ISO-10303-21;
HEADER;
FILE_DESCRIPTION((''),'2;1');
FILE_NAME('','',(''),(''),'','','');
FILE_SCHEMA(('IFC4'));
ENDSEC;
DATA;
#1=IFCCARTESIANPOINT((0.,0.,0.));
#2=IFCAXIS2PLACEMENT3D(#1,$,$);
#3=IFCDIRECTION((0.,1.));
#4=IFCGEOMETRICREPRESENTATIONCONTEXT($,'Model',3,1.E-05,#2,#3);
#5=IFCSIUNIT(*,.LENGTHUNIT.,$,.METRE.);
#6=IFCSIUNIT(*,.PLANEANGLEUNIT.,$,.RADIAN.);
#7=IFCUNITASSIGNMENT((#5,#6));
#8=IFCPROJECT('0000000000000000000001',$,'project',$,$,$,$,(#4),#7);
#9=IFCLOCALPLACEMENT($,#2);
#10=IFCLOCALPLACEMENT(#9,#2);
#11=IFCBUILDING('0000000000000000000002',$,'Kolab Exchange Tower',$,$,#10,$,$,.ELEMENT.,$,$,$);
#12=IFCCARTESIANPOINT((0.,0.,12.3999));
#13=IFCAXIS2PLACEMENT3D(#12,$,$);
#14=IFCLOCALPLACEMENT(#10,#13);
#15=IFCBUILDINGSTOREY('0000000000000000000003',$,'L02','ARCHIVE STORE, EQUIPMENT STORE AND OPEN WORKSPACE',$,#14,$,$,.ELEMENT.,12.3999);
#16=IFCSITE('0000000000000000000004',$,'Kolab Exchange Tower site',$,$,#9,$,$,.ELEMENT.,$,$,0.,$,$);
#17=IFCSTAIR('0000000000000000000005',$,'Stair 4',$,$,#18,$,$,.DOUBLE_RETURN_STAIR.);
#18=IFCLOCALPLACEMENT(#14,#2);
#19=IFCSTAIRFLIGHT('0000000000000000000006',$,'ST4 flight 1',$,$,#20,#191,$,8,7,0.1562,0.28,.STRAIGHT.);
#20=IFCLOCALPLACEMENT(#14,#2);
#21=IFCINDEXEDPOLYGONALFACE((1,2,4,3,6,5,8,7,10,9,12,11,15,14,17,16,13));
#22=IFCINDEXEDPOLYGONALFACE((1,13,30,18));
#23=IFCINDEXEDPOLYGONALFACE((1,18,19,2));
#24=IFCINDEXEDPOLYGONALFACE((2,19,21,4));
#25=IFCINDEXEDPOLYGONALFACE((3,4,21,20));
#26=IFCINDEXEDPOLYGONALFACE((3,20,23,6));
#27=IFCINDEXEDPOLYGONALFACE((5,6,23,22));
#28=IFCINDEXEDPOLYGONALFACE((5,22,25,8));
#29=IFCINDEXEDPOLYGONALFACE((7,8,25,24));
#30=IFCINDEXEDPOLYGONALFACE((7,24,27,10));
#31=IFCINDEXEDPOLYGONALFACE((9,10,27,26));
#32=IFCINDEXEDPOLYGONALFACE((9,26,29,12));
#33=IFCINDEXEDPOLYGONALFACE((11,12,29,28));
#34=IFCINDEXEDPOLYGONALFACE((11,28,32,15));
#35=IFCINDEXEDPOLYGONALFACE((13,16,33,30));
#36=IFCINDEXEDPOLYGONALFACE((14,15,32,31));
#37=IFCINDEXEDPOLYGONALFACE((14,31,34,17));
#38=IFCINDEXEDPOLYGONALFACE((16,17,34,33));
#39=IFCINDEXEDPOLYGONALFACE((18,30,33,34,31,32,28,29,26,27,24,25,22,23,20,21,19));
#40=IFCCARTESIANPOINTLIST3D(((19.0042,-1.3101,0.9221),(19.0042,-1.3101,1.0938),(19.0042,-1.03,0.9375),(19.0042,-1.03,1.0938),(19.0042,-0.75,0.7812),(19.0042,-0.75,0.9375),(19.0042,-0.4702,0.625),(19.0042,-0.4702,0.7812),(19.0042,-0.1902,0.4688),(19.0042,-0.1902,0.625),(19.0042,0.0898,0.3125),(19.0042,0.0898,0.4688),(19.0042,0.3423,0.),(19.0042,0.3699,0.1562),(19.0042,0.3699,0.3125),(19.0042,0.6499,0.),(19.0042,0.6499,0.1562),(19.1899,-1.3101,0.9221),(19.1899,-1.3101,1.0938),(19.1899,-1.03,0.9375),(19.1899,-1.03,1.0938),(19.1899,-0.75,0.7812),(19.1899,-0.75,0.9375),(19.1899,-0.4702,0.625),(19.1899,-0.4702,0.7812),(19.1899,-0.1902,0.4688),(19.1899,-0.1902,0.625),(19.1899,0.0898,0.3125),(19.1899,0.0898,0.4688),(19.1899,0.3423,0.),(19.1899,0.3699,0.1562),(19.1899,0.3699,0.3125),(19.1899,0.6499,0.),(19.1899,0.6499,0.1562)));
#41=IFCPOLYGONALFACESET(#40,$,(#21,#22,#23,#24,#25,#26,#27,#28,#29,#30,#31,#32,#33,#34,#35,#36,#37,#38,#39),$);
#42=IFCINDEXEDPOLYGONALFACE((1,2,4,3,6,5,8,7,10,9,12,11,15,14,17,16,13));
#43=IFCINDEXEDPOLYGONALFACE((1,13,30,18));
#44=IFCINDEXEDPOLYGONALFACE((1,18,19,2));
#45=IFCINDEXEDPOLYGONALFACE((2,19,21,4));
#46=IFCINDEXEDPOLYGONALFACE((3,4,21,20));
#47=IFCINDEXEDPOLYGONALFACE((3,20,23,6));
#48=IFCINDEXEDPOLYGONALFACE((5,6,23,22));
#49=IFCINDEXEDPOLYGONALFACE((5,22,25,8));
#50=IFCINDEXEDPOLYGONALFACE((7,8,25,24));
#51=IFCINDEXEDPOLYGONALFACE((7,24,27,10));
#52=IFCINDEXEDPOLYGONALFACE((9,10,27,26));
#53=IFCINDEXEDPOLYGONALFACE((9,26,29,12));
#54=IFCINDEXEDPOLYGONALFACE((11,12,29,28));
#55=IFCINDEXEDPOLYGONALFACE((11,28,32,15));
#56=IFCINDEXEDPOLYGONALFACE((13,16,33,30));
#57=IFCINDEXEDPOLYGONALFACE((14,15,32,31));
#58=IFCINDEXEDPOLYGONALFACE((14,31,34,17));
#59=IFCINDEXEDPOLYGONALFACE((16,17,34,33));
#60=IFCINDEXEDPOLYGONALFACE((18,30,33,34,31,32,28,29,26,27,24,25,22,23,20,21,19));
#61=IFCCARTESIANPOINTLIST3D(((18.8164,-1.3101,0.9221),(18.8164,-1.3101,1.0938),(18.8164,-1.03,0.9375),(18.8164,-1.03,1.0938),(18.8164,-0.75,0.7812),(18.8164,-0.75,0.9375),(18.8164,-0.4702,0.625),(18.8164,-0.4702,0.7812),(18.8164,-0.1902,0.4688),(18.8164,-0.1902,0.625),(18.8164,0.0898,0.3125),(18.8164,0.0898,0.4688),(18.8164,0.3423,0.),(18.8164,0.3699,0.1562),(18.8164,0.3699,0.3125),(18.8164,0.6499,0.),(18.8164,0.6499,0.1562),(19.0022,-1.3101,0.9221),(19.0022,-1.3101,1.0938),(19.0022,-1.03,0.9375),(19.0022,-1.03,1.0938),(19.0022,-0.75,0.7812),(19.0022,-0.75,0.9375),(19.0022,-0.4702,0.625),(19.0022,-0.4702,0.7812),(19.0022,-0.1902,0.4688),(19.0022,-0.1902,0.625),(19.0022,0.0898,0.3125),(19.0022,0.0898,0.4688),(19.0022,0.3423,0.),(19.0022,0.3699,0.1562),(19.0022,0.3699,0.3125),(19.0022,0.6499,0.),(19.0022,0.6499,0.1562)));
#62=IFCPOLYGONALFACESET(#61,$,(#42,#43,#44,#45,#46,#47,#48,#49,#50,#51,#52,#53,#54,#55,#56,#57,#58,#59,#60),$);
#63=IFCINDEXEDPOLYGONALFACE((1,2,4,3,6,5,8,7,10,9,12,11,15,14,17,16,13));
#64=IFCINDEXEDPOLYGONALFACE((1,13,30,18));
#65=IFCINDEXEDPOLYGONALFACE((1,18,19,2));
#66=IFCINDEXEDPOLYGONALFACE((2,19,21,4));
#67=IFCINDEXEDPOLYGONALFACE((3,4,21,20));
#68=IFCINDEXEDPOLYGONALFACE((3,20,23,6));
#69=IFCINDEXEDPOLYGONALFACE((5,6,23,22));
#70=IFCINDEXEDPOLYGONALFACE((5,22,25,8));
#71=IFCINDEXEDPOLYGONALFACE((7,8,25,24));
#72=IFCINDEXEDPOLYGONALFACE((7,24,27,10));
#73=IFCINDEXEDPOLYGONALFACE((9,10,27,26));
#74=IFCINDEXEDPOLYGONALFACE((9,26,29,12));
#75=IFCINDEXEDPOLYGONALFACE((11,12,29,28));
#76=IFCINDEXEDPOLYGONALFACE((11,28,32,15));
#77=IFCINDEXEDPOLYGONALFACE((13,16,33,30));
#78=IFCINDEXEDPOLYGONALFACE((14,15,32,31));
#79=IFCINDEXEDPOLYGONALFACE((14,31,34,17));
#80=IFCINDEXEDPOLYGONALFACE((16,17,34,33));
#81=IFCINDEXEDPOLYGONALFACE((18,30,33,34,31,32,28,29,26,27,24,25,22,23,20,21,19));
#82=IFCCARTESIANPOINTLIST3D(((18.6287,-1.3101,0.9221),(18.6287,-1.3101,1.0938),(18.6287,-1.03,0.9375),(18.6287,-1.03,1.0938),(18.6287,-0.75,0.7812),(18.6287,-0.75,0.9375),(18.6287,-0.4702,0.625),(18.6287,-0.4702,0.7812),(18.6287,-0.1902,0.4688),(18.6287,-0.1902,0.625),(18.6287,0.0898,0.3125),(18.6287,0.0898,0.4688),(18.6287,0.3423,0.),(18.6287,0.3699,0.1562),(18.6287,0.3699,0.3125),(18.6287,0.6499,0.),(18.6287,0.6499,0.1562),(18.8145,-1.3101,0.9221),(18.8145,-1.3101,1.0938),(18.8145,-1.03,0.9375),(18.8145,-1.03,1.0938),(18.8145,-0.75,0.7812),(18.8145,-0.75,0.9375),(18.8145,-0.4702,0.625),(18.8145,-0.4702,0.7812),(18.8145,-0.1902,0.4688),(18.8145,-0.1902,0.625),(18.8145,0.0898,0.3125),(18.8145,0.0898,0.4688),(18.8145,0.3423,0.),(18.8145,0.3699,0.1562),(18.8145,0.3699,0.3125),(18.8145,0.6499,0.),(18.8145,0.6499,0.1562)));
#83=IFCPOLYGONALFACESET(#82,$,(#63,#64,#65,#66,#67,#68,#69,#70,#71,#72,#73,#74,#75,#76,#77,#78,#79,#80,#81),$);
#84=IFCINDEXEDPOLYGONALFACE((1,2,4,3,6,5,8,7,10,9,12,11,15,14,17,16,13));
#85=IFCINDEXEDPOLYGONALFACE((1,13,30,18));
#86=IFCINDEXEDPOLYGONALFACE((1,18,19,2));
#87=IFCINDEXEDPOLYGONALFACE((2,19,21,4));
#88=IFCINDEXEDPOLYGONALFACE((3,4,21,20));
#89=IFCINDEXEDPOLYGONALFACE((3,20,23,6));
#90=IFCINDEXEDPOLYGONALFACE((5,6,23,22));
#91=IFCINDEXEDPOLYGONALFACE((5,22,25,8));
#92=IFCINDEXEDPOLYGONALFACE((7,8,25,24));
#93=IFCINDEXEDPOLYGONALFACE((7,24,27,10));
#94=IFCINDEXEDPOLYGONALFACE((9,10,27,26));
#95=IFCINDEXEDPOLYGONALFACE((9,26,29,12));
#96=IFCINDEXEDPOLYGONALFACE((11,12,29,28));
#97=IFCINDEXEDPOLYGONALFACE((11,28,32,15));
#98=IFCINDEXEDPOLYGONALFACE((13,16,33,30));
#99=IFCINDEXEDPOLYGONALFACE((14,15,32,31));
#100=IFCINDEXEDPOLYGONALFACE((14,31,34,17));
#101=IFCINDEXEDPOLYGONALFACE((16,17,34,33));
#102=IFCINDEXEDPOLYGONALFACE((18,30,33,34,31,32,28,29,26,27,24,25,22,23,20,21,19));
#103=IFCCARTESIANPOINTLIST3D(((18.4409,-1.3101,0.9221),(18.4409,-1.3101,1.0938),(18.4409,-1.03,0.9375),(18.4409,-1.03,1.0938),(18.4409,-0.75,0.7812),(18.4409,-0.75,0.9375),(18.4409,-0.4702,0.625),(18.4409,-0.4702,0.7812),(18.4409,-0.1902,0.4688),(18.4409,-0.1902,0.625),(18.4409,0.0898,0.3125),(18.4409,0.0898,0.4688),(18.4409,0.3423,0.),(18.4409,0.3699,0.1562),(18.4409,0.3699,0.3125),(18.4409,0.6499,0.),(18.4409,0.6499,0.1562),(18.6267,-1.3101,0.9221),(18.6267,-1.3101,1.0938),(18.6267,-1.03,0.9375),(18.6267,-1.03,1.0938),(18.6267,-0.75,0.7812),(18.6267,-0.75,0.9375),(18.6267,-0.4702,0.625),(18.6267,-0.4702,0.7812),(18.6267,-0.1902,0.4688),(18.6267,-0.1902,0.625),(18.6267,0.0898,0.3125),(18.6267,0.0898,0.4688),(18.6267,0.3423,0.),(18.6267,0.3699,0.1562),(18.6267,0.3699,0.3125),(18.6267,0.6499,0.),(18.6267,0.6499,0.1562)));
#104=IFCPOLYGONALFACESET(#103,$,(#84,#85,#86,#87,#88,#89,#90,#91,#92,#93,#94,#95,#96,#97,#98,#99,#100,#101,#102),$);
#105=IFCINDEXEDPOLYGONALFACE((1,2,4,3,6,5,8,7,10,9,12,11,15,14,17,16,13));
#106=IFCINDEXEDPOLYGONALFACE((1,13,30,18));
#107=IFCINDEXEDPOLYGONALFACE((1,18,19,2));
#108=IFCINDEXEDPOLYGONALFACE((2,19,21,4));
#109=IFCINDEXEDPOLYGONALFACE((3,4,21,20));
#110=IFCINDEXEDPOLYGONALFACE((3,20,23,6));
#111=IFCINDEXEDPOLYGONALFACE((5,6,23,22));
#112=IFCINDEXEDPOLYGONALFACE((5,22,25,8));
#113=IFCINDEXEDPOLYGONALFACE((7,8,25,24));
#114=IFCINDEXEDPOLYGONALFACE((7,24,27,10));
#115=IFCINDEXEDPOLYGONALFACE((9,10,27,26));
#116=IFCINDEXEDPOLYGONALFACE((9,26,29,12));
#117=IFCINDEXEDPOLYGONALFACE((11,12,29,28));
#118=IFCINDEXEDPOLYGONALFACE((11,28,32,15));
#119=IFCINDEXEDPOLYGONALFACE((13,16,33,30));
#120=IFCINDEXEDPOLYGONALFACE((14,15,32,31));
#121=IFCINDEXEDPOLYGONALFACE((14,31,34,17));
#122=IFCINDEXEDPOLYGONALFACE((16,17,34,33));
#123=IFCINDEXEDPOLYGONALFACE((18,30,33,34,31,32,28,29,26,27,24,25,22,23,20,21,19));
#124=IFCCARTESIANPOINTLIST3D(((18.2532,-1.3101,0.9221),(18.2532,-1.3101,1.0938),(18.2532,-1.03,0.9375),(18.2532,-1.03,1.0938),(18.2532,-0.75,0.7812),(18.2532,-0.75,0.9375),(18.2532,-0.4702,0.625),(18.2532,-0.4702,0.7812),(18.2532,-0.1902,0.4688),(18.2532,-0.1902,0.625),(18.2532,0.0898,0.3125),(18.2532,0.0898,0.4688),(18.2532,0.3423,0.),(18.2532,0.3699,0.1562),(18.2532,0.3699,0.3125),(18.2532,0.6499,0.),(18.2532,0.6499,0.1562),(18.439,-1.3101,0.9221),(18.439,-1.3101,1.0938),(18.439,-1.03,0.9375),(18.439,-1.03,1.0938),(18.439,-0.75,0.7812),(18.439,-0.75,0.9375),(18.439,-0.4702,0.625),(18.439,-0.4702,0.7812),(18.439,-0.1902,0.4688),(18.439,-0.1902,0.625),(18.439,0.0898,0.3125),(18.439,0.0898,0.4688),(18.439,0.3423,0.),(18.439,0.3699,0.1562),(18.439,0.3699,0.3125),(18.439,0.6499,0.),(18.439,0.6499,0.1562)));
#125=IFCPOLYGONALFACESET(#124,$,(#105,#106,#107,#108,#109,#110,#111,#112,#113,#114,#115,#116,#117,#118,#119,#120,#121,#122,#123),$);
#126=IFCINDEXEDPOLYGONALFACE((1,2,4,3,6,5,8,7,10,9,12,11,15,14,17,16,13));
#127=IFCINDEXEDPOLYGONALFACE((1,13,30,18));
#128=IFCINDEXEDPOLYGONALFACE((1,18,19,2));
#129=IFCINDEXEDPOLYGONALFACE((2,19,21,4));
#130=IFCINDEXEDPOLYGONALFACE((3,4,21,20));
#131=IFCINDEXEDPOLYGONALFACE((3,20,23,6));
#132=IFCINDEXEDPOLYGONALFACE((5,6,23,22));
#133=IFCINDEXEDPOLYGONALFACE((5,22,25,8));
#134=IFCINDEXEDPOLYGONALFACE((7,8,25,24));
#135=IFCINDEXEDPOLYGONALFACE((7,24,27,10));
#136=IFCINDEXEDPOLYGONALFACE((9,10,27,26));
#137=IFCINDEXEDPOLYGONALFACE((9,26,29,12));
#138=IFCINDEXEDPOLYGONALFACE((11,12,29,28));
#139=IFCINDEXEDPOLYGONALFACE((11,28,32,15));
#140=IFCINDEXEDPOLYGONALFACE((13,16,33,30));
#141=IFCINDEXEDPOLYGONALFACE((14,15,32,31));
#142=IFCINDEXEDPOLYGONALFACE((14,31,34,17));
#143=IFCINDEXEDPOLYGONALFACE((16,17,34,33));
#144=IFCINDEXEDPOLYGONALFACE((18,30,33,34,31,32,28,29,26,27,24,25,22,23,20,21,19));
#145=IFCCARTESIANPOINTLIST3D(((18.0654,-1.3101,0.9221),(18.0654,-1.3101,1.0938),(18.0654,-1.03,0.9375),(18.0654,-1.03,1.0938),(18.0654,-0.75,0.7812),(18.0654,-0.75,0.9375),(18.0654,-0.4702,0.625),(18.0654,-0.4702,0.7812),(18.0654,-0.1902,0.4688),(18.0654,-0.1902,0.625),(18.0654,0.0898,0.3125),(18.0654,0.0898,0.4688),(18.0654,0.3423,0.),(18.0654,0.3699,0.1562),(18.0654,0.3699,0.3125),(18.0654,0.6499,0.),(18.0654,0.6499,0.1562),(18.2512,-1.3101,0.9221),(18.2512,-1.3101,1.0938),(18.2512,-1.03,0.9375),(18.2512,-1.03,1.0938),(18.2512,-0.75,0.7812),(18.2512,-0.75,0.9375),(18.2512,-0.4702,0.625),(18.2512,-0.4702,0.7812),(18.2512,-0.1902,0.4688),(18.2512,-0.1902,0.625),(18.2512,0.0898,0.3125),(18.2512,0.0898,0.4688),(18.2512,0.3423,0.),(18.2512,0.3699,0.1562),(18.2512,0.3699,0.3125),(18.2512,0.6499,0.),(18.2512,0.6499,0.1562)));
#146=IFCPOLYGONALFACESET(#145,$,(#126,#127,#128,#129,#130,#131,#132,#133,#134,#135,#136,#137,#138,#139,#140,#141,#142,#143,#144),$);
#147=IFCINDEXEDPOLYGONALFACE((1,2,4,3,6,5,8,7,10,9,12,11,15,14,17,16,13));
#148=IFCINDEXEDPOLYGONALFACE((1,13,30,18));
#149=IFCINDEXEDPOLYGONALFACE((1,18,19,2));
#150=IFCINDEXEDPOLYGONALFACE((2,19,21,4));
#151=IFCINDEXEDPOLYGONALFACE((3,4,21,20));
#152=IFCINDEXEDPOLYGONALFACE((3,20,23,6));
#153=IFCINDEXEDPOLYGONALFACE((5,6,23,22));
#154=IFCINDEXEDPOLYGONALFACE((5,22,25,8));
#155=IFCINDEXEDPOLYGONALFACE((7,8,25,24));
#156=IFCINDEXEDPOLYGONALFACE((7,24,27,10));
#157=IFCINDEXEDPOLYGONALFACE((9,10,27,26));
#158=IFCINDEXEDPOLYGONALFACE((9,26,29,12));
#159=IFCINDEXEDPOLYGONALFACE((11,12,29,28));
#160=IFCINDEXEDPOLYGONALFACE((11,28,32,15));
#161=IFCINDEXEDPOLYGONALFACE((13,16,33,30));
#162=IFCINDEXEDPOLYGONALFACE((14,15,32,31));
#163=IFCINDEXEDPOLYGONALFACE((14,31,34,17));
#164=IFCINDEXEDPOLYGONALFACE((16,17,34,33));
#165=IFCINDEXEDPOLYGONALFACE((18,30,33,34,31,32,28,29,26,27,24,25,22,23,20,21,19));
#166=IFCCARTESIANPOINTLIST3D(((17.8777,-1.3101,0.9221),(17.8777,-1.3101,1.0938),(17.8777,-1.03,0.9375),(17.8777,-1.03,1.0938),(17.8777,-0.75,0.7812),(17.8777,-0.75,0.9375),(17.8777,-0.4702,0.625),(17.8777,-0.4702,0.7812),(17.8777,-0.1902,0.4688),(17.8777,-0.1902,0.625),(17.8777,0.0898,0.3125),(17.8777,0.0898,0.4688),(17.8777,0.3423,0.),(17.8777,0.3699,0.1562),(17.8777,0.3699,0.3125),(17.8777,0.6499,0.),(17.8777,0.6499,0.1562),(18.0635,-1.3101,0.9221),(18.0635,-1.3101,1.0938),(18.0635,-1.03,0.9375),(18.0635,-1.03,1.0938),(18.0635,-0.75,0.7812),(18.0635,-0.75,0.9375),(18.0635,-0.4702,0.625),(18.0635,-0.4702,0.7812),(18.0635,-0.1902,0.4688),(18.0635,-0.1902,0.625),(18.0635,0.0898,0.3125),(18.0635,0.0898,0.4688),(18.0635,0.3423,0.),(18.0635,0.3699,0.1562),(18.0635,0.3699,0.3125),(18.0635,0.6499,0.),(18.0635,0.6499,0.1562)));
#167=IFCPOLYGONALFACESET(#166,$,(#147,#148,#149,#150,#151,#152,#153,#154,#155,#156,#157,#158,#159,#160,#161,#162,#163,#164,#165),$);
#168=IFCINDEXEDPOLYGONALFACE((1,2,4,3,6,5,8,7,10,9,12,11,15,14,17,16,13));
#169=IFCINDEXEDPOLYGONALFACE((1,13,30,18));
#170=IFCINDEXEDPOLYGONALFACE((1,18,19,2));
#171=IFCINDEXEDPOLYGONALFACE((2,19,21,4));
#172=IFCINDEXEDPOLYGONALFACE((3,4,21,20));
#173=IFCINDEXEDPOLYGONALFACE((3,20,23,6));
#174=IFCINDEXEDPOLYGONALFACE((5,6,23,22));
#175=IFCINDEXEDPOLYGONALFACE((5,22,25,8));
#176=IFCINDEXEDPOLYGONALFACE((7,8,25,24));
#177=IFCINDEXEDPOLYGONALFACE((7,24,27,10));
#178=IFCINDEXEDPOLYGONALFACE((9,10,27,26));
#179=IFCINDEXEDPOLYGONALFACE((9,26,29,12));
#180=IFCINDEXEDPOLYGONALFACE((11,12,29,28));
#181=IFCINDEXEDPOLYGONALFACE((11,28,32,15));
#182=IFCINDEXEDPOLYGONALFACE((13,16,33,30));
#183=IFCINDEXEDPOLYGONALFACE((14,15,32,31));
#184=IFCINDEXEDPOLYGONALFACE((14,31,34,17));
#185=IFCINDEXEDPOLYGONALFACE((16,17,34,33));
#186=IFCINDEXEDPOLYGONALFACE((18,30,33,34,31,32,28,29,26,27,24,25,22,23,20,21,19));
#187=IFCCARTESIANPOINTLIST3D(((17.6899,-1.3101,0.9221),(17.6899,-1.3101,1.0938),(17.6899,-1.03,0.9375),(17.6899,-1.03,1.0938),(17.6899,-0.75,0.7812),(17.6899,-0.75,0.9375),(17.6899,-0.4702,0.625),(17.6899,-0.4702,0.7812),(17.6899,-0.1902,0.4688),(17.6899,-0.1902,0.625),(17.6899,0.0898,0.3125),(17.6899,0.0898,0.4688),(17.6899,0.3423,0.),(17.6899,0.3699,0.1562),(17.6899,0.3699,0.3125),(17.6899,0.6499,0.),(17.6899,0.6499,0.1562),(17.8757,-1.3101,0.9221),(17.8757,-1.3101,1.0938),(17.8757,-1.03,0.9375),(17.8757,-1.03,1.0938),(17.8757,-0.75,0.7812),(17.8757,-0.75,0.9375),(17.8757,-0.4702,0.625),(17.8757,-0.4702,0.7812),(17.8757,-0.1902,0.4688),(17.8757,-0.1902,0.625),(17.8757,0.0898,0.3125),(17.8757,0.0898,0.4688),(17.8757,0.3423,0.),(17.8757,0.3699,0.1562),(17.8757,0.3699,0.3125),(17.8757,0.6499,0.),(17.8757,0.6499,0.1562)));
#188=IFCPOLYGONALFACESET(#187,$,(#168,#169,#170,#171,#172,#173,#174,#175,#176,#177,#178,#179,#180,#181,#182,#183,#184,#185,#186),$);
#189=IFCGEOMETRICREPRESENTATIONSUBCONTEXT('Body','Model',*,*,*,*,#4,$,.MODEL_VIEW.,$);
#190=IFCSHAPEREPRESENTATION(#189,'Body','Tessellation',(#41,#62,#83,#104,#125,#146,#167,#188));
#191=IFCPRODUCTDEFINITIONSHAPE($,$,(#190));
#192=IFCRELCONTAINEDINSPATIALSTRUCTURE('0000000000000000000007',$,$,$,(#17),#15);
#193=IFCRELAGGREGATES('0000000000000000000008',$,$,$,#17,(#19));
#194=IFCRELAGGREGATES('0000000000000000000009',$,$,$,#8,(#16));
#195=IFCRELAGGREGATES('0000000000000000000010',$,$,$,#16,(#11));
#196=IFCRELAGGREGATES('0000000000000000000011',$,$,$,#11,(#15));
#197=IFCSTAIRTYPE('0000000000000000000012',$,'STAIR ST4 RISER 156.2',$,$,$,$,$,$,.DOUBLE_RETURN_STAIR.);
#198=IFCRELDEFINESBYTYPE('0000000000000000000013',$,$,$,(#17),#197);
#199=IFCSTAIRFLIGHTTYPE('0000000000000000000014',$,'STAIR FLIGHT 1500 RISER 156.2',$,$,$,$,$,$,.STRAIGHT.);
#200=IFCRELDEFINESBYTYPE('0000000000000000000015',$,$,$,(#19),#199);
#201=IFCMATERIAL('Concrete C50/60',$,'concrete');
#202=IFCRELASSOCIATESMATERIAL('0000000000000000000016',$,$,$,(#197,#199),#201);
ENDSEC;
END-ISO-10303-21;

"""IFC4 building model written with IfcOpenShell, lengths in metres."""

from ifc_helpers import new_model, si_unit, direction, frame, origin, place, context, subcontext, project, spatial, polyline, outline, extrude, material, type_object, element, aggregate, save


model = new_model("IFC4")

# Units and contexts
model_context = context("Model", 3, precision=1e-05, world=origin(), true_north=direction((0.0, 1.0)))
body_context = subcontext(model_context, "Body", "Model", "MODEL_VIEW")
ifc_project = project(units=[si_unit("LENGTHUNIT", "METRE"), si_unit("PLANEANGLEUNIT", "RADIAN")], contexts=[model_context])

# Site, building, storey
site_placement = place(None, origin())
site = spatial("IfcSite", under=ifc_project, at=site_placement, Name="Kolab Exchange Tower site", CompositionType="ELEMENT", RefElevation=0.0)
building_placement = place(site_placement, origin())
building = spatial("IfcBuilding", under=site, at=building_placement, Name="Kolab Exchange Tower", CompositionType="ELEMENT")
storey_placement = place(building_placement, frame((0.0, 0.0, 12.3999)))
storey = spatial("IfcBuildingStorey", under=building, at=storey_placement, Name="L02", Description="ARCHIVE STORE, EQUIPMENT STORE AND OPEN WORKSPACE", CompositionType="ELEMENT", Elevation=12.3999)

# Stair
ifc_material_1 = material(Name="Concrete C50/60", Category="concrete")
stair_type_1 = type_object("IfcStairType", Name="STAIR ST4 RISER 156.2", PredefinedType="DOUBLE_RETURN_STAIR", material=ifc_material_1)
stair_1_placement = place(storey_placement, origin())
stair_1 = element("IfcStair", 1, at=stair_1_placement, inside=storey, type_object=stair_type_1, Name="Stair 4", PredefinedType="DOUBLE_RETURN_STAIR")

# Stair flight
stair_flight_type = type_object("IfcStairFlightType", Name="STAIR FLIGHT 1500 RISER 156.2", PredefinedType="STRAIGHT", material=ifc_material_1)
stair_flight_1_placement = place(storey_placement, frame((18.4399, 0.6499, 0.0), z_axis=(0.0, 0.0, 1.0), x_axis=(0.0, -1.0, 0.0)))
stair_flight_1 = element("IfcStairFlight", 2, at=stair_flight_1_placement, type_object=stair_flight_type, Name="ST4 flight 1", NumberOfRisers=8, NumberOfTreads=7, PredefinedType="STRAIGHT", RiserHeight=0.1562, TreadLength=0.28, context=body_context, shape_type="SweptSolid", body=[
    extrude(outline(polyline([(0.0, 0.0), (0.0, 0.1562), (0.28, 0.1562), (0.28, 0.3125), (0.5601, 0.3125), (0.5601, 0.4688), (0.8401, 0.4688), (0.8401, 0.625), (1.1201, 0.625), (1.1201, 0.7812), (1.3999, 0.7812), (1.3999, 0.9375), (1.6799, 0.9375), (1.6799, 1.0938), (1.96, 1.0938), (1.96, 1.25), (1.96, 0.9221), (0.3076, 0.0), (0.0, 0.0)])), frame((0.0, 0.75, 0.0), z_axis=(0.0, -1.0, 0.0), x_axis=(1.0, 0.0, 0.0)), (0.0, 0.0, 1.0), 0.1858),
    extrude(outline(polyline([(0.0, 0.0), (0.0, 0.1562), (0.28, 0.1562), (0.28, 0.3125), (0.5601, 0.3125), (0.5601, 0.4688), (0.8401, 0.4688), (0.8401, 0.625), (1.1201, 0.625), (1.1201, 0.7812), (1.3999, 0.7812), (1.3999, 0.9375), (1.6799, 0.9375), (1.6799, 1.0938), (1.96, 1.0938), (1.96, 1.25), (1.96, 0.9221), (0.3076, 0.0), (0.0, 0.0)])), frame((0.0, 0.5623, 0.0), z_axis=(0.0, -1.0, 0.0), x_axis=(1.0, 0.0, 0.0)), (0.0, 0.0, 1.0), 0.1858),
    extrude(outline(polyline([(0.0, 0.0), (0.0, 0.1562), (0.28, 0.1562), (0.28, 0.3125), (0.5601, 0.3125), (0.5601, 0.4688), (0.8401, 0.4688), (0.8401, 0.625), (1.1201, 0.625), (1.1201, 0.7812), (1.3999, 0.7812), (1.3999, 0.9375), (1.6799, 0.9375), (1.6799, 1.0938), (1.96, 1.0938), (1.96, 1.25), (1.96, 0.9221), (0.3076, 0.0), (0.0, 0.0)])), frame((0.0, 0.3745, 0.0), z_axis=(0.0, -1.0, 0.0), x_axis=(1.0, 0.0, 0.0)), (0.0, 0.0, 1.0), 0.1858),
    extrude(outline(polyline([(0.0, 0.0), (0.0, 0.1562), (0.28, 0.1562), (0.28, 0.3125), (0.5601, 0.3125), (0.5601, 0.4688), (0.8401, 0.4688), (0.8401, 0.625), (1.1201, 0.625), (1.1201, 0.7812), (1.3999, 0.7812), (1.3999, 0.9375), (1.6799, 0.9375), (1.6799, 1.0938), (1.96, 1.0938), (1.96, 1.25), (1.96, 0.9221), (0.3076, 0.0), (0.0, 0.0)])), frame((0.0, 0.1868, 0.0), z_axis=(0.0, -1.0, 0.0), x_axis=(1.0, 0.0, 0.0)), (0.0, 0.0, 1.0), 0.1858),
    extrude(outline(polyline([(0.0, 0.0), (0.0, 0.1562), (0.28, 0.1562), (0.28, 0.3125), (0.5601, 0.3125), (0.5601, 0.4688), (0.8401, 0.4688), (0.8401, 0.625), (1.1201, 0.625), (1.1201, 0.7812), (1.3999, 0.7812), (1.3999, 0.9375), (1.6799, 0.9375), (1.6799, 1.0938), (1.96, 1.0938), (1.96, 1.25), (1.96, 0.9221), (0.3076, 0.0), (0.0, 0.0)])), frame((0.0, -0.001, 0.0), z_axis=(0.0, -1.0, 0.0), x_axis=(1.0, 0.0, 0.0)), (0.0, 0.0, 1.0), 0.1858),
    extrude(outline(polyline([(0.0, 0.0), (0.0, 0.1562), (0.28, 0.1562), (0.28, 0.3125), (0.5601, 0.3125), (0.5601, 0.4688), (0.8401, 0.4688), (0.8401, 0.625), (1.1201, 0.625), (1.1201, 0.7812), (1.3999, 0.7812), (1.3999, 0.9375), (1.6799, 0.9375), (1.6799, 1.0938), (1.96, 1.0938), (1.96, 1.25), (1.96, 0.9221), (0.3076, 0.0), (0.0, 0.0)])), frame((0.0, -0.1887, 0.0), z_axis=(0.0, -1.0, 0.0), x_axis=(1.0, 0.0, 0.0)), (0.0, 0.0, 1.0), 0.1858),
    extrude(outline(polyline([(0.0, 0.0), (0.0, 0.1562), (0.28, 0.1562), (0.28, 0.3125), (0.5601, 0.3125), (0.5601, 0.4688), (0.8401, 0.4688), (0.8401, 0.625), (1.1201, 0.625), (1.1201, 0.7812), (1.3999, 0.7812), (1.3999, 0.9375), (1.6799, 0.9375), (1.6799, 1.0938), (1.96, 1.0938), (1.96, 1.25), (1.96, 0.9221), (0.3076, 0.0), (0.0, 0.0)])), frame((0.0, -0.3765, 0.0), z_axis=(0.0, -1.0, 0.0), x_axis=(1.0, 0.0, 0.0)), (0.0, 0.0, 1.0), 0.1858),
    extrude(outline(polyline([(0.0, 0.0), (0.0, 0.1562), (0.28, 0.1562), (0.28, 0.3125), (0.5601, 0.3125), (0.5601, 0.4688), (0.8401, 0.4688), (0.8401, 0.625), (1.1201, 0.625), (1.1201, 0.7812), (1.3999, 0.7812), (1.3999, 0.9375), (1.6799, 0.9375), (1.6799, 1.0938), (1.96, 1.0938), (1.96, 1.25), (1.96, 0.9221), (0.3076, 0.0), (0.0, 0.0)])), frame((0.0, -0.5642, 0.0), z_axis=(0.0, -1.0, 0.0), x_axis=(1.0, 0.0, 0.0)), (0.0, 0.0, 1.0), 0.1858),
])
aggregate(stair_1, [stair_flight_1])

save(model, "model.ifc")
